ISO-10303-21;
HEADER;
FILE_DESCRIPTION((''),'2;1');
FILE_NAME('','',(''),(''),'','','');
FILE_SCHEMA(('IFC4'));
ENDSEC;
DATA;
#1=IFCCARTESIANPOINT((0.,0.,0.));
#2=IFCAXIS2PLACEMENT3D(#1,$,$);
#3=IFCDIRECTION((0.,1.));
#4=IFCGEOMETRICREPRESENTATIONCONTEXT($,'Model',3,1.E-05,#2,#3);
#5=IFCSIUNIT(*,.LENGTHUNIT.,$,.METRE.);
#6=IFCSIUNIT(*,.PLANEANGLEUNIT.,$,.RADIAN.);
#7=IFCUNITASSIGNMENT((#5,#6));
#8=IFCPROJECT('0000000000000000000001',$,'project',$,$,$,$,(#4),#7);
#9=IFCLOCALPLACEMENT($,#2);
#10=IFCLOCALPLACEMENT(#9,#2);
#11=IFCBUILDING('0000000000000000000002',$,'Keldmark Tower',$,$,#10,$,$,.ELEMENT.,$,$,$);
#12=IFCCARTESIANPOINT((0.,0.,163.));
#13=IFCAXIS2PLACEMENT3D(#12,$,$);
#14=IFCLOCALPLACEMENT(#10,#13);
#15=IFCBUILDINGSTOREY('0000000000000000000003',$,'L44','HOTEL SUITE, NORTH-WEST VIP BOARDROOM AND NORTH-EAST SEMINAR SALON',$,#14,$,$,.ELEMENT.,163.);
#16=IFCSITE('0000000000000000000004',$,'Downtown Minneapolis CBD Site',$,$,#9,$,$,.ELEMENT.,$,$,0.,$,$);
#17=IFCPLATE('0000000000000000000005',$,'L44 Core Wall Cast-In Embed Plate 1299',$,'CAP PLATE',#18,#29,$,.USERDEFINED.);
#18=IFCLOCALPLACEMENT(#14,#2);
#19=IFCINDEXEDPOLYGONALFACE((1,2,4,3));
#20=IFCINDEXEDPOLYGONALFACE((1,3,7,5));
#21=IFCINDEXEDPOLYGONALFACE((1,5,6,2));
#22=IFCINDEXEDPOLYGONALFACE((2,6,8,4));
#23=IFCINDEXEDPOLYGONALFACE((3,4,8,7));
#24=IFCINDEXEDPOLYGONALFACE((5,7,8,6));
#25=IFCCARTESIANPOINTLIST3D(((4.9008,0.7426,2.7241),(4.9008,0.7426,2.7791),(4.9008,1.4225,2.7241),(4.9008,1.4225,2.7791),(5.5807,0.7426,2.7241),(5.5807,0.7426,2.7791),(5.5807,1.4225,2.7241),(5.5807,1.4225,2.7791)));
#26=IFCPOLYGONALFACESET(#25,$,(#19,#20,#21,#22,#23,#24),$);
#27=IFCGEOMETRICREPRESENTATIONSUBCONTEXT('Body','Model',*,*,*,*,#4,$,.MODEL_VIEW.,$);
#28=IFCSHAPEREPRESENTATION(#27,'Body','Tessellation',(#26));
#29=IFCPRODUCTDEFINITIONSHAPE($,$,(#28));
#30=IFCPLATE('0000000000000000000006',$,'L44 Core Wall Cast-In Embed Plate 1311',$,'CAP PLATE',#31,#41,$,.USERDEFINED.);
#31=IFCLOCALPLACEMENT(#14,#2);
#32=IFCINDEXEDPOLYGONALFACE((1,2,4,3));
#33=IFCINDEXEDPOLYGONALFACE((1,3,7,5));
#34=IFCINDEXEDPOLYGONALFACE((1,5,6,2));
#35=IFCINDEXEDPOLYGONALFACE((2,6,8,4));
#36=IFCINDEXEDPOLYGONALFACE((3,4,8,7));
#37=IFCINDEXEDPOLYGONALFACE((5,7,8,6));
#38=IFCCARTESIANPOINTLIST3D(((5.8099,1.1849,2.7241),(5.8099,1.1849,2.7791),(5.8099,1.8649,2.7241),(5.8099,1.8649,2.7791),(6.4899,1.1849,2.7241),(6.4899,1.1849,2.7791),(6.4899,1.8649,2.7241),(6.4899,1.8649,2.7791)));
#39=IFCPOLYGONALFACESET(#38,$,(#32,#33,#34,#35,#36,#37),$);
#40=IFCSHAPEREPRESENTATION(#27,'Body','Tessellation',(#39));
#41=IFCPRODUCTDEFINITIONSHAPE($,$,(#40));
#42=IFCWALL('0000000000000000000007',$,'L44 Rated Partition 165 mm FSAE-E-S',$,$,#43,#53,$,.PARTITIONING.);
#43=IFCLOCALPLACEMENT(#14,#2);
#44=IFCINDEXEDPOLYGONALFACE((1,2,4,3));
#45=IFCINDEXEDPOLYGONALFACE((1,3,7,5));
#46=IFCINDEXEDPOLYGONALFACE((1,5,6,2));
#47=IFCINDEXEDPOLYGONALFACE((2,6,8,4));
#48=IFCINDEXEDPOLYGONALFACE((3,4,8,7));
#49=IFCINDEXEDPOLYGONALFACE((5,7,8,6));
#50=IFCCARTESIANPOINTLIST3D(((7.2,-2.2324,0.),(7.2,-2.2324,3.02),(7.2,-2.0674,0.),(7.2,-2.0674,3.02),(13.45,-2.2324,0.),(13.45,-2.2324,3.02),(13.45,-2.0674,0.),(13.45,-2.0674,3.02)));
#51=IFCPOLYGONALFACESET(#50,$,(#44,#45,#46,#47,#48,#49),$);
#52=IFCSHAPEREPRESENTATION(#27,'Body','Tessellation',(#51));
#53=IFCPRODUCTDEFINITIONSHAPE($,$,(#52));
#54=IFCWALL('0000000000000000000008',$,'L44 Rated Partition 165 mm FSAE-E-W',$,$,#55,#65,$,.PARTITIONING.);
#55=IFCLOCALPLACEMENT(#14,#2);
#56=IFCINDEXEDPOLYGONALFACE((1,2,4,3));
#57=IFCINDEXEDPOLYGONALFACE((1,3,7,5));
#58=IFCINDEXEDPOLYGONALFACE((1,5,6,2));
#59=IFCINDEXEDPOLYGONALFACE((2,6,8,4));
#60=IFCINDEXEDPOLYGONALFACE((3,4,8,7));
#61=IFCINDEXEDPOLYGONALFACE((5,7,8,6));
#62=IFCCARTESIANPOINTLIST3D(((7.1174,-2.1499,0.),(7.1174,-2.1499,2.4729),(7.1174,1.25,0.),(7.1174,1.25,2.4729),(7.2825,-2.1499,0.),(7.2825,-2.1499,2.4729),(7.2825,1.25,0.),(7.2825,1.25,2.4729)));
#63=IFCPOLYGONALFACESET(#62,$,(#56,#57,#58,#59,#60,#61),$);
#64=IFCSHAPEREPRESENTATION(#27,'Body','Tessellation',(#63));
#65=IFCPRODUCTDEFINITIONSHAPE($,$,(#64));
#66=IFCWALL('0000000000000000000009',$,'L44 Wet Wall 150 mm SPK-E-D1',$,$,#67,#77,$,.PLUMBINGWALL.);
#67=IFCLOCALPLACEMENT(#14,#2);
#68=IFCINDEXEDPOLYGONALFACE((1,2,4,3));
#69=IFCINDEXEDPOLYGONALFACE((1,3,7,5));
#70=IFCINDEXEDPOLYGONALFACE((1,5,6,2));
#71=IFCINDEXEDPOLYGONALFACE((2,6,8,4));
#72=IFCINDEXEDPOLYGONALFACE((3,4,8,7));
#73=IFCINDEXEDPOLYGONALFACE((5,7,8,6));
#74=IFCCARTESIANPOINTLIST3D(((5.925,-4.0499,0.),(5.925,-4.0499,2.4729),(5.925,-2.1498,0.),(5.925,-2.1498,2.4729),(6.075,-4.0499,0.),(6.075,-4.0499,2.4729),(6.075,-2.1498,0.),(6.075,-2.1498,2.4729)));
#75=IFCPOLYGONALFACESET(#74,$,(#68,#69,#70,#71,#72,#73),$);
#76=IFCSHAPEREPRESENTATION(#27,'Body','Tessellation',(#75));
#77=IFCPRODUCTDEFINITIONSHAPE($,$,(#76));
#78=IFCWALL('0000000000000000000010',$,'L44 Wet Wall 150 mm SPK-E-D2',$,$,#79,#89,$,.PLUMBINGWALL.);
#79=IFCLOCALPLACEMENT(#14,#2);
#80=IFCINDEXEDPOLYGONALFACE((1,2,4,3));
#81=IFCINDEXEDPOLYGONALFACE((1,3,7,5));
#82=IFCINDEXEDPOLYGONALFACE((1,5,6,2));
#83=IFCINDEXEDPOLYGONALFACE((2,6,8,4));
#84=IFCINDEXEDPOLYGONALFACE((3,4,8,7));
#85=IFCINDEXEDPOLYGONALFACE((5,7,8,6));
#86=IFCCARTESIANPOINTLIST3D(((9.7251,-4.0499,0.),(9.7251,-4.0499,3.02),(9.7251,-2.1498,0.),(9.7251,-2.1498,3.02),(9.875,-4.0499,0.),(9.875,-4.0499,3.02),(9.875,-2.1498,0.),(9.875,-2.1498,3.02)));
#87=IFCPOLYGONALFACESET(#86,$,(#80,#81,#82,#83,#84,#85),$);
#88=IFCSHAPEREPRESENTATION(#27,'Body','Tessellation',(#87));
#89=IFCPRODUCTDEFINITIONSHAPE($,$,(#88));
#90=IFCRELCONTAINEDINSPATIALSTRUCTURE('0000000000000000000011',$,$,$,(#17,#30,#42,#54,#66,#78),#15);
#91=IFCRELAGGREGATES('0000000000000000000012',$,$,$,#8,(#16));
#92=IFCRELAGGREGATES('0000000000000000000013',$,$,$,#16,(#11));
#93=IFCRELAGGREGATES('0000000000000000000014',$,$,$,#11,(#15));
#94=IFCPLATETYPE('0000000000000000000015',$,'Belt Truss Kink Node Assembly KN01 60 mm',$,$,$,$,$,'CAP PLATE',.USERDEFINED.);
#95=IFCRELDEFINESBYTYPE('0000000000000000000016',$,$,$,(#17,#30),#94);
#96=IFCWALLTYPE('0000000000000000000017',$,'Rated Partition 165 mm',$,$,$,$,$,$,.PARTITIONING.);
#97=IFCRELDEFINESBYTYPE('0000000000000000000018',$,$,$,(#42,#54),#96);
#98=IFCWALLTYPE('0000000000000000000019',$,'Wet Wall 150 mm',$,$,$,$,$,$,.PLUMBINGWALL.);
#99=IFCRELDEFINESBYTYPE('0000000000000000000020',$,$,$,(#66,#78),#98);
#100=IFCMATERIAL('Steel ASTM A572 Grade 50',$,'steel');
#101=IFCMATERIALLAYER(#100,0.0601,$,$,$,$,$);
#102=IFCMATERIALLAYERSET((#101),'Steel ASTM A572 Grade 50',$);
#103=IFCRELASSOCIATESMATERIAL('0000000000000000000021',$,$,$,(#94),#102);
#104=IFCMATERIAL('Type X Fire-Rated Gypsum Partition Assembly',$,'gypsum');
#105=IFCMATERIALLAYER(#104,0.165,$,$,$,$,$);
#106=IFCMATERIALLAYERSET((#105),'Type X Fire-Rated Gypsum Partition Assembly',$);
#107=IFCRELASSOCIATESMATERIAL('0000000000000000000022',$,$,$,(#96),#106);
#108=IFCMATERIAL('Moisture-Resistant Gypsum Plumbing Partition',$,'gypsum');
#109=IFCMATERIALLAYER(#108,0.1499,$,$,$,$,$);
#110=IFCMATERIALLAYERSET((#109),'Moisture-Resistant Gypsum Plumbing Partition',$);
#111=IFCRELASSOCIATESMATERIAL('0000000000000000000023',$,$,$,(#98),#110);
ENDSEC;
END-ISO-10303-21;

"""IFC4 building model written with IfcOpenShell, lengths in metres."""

from ifc_helpers import new_model, si_unit, direction, frame, frame_2d, origin, origin_2d, place, context, subcontext, project, spatial, rectangle, extrude, material, layer, layer_set, type_object, element, save


model = new_model("IFC4")

# Units and contexts
model_context = context("Model", 3, precision=1e-05, world=origin(), true_north=direction((0.0, 1.0)))
body_context = subcontext(model_context, "Body", "Model", "MODEL_VIEW")
ifc_project = project(units=[si_unit("LENGTHUNIT", "METRE"), si_unit("PLANEANGLEUNIT", "RADIAN")], contexts=[model_context])

# Site, building, storey
site_placement = place(None, origin())
site = spatial("IfcSite", under=ifc_project, at=site_placement, Name="Downtown Minneapolis CBD Site", CompositionType="ELEMENT", RefElevation=0.0)
building_placement = place(site_placement, origin())
building = spatial("IfcBuilding", under=site, at=building_placement, Name="Keldmark Tower", CompositionType="ELEMENT")
storey_placement = place(building_placement, frame((0.0, 0.0, 163.0)))
storey = spatial("IfcBuildingStorey", under=building, at=storey_placement, Name="L44", Description="HOTEL SUITE, NORTH-WEST VIP BOARDROOM AND NORTH-EAST SEMINAR SALON", CompositionType="ELEMENT", Elevation=163.0)

# Plates
ifc_material_1 = material(Name="Steel ASTM A572 Grade 50", Category="steel")
ifc_layer_1 = layer(ifc_material_1, 0.0601)
ifc_layer_set_1 = layer_set([ifc_layer_1], Name="Steel ASTM A572 Grade 50")
plate_type = type_object("IfcPlateType", Name="Belt Truss Kink Node Assembly KN01 60 mm", ElementType="CAP PLATE", PredefinedType="USERDEFINED", material=ifc_layer_set_1)
for number, where, z_axis, x_axis, name in (
    (1, (5.2407, 1.0825, 2.7241), (0.0, 0.0, 1.0), (1.0, 0.0, 0.0), "L44 Core Wall Cast-In Embed Plate 1299"),
    (2, (6.1499, 1.5249, 2.7241), (0.0, 0.0, 1.0), (1.0, 0.0, 0.0), "L44 Core Wall Cast-In Embed Plate 1311"),
):
    element("IfcPlate", number, at=place(storey_placement, frame(where, z_axis=z_axis, x_axis=x_axis)), inside=storey, type_object=plate_type, Name=name, ObjectType="CAP PLATE", PredefinedType="USERDEFINED", context=body_context, shape_type="SweptSolid", body=[
        extrude(rectangle(XDim=0.6799, YDim=0.6799, at=origin_2d()), origin(), (0.0, 0.0, 1.0), 0.0549),
    ])

# Walls
ifc_material_2 = material(Name="Type X Fire-Rated Gypsum Partition Assembly", Category="gypsum")
ifc_layer_2 = layer(ifc_material_2, 0.165)
ifc_layer_set_2 = layer_set([ifc_layer_2], Name="Type X Fire-Rated Gypsum Partition Assembly")
wall_type_1 = type_object("IfcWallType", Name="Rated Partition 165 mm", PredefinedType="PARTITIONING", material=ifc_layer_set_2)
wall_1_placement = place(storey_placement, frame((7.2, -2.1499, 0.0), z_axis=(0.0, 0.0, 1.0), x_axis=(1.0, 0.0, 0.0)))
element("IfcWall", 3, at=wall_1_placement, inside=storey, type_object=wall_type_1, Name="L44 Rated Partition 165 mm FSAE-E-S", PredefinedType="PARTITIONING", context=body_context, shape_type="SweptSolid", body=[
    extrude(rectangle(XDim=6.25, YDim=0.165, at=frame_2d((3.125, 0.0))), origin(), (0.0, 0.0, 1.0), 3.02),
])
wall_2_placement = place(storey_placement, frame((7.2, -2.1499, 0.0), z_axis=(0.0, 0.0, 1.0), x_axis=(0.0, 1.0, 0.0)))
element("IfcWall", 4, at=wall_2_placement, inside=storey, type_object=wall_type_1, Name="L44 Rated Partition 165 mm FSAE-E-W", PredefinedType="PARTITIONING", context=body_context, shape_type="SweptSolid", body=[
    extrude(rectangle(XDim=3.3999, YDim=0.165, at=frame_2d((1.7, 0.0))), origin(), (0.0, 0.0, 1.0), 2.4729),
])
ifc_material_3 = material(Name="Moisture-Resistant Gypsum Plumbing Partition", Category="gypsum")
ifc_layer_3 = layer(ifc_material_3, 0.1499)
ifc_layer_set_3 = layer_set([ifc_layer_3], Name="Moisture-Resistant Gypsum Plumbing Partition")
wall_type_2 = type_object("IfcWallType", Name="Wet Wall 150 mm", PredefinedType="PLUMBINGWALL", material=ifc_layer_set_3)
wall_3_placement = place(storey_placement, frame((6.0, -4.05, 0.0), z_axis=(0.0, 0.0, 1.0), x_axis=(0.0, 1.0, 0.0)))
element("IfcWall", 5, at=wall_3_placement, inside=storey, type_object=wall_type_2, Name="L44 Wet Wall 150 mm SPK-E-D1", PredefinedType="PLUMBINGWALL", context=body_context, shape_type="SweptSolid", body=[
    extrude(rectangle(XDim=1.9001, YDim=0.1499, at=frame_2d((0.9502, 0.0))), origin(), (0.0, 0.0, 1.0), 2.4729),
])
wall_4_placement = place(storey_placement, frame((9.8, -4.05, 0.0), z_axis=(0.0, 0.0, 1.0), x_axis=(0.0, 1.0, 0.0)))
element("IfcWall", 6, at=wall_4_placement, inside=storey, type_object=wall_type_2, Name="L44 Wet Wall 150 mm SPK-E-D2", PredefinedType="PLUMBINGWALL", context=body_context, shape_type="SweptSolid", body=[
    extrude(rectangle(XDim=1.9001, YDim=0.1499, at=frame_2d((0.9502, 0.0))), origin(), (0.0, 0.0, 1.0), 3.02),
])

save(model, "model.ifc")
